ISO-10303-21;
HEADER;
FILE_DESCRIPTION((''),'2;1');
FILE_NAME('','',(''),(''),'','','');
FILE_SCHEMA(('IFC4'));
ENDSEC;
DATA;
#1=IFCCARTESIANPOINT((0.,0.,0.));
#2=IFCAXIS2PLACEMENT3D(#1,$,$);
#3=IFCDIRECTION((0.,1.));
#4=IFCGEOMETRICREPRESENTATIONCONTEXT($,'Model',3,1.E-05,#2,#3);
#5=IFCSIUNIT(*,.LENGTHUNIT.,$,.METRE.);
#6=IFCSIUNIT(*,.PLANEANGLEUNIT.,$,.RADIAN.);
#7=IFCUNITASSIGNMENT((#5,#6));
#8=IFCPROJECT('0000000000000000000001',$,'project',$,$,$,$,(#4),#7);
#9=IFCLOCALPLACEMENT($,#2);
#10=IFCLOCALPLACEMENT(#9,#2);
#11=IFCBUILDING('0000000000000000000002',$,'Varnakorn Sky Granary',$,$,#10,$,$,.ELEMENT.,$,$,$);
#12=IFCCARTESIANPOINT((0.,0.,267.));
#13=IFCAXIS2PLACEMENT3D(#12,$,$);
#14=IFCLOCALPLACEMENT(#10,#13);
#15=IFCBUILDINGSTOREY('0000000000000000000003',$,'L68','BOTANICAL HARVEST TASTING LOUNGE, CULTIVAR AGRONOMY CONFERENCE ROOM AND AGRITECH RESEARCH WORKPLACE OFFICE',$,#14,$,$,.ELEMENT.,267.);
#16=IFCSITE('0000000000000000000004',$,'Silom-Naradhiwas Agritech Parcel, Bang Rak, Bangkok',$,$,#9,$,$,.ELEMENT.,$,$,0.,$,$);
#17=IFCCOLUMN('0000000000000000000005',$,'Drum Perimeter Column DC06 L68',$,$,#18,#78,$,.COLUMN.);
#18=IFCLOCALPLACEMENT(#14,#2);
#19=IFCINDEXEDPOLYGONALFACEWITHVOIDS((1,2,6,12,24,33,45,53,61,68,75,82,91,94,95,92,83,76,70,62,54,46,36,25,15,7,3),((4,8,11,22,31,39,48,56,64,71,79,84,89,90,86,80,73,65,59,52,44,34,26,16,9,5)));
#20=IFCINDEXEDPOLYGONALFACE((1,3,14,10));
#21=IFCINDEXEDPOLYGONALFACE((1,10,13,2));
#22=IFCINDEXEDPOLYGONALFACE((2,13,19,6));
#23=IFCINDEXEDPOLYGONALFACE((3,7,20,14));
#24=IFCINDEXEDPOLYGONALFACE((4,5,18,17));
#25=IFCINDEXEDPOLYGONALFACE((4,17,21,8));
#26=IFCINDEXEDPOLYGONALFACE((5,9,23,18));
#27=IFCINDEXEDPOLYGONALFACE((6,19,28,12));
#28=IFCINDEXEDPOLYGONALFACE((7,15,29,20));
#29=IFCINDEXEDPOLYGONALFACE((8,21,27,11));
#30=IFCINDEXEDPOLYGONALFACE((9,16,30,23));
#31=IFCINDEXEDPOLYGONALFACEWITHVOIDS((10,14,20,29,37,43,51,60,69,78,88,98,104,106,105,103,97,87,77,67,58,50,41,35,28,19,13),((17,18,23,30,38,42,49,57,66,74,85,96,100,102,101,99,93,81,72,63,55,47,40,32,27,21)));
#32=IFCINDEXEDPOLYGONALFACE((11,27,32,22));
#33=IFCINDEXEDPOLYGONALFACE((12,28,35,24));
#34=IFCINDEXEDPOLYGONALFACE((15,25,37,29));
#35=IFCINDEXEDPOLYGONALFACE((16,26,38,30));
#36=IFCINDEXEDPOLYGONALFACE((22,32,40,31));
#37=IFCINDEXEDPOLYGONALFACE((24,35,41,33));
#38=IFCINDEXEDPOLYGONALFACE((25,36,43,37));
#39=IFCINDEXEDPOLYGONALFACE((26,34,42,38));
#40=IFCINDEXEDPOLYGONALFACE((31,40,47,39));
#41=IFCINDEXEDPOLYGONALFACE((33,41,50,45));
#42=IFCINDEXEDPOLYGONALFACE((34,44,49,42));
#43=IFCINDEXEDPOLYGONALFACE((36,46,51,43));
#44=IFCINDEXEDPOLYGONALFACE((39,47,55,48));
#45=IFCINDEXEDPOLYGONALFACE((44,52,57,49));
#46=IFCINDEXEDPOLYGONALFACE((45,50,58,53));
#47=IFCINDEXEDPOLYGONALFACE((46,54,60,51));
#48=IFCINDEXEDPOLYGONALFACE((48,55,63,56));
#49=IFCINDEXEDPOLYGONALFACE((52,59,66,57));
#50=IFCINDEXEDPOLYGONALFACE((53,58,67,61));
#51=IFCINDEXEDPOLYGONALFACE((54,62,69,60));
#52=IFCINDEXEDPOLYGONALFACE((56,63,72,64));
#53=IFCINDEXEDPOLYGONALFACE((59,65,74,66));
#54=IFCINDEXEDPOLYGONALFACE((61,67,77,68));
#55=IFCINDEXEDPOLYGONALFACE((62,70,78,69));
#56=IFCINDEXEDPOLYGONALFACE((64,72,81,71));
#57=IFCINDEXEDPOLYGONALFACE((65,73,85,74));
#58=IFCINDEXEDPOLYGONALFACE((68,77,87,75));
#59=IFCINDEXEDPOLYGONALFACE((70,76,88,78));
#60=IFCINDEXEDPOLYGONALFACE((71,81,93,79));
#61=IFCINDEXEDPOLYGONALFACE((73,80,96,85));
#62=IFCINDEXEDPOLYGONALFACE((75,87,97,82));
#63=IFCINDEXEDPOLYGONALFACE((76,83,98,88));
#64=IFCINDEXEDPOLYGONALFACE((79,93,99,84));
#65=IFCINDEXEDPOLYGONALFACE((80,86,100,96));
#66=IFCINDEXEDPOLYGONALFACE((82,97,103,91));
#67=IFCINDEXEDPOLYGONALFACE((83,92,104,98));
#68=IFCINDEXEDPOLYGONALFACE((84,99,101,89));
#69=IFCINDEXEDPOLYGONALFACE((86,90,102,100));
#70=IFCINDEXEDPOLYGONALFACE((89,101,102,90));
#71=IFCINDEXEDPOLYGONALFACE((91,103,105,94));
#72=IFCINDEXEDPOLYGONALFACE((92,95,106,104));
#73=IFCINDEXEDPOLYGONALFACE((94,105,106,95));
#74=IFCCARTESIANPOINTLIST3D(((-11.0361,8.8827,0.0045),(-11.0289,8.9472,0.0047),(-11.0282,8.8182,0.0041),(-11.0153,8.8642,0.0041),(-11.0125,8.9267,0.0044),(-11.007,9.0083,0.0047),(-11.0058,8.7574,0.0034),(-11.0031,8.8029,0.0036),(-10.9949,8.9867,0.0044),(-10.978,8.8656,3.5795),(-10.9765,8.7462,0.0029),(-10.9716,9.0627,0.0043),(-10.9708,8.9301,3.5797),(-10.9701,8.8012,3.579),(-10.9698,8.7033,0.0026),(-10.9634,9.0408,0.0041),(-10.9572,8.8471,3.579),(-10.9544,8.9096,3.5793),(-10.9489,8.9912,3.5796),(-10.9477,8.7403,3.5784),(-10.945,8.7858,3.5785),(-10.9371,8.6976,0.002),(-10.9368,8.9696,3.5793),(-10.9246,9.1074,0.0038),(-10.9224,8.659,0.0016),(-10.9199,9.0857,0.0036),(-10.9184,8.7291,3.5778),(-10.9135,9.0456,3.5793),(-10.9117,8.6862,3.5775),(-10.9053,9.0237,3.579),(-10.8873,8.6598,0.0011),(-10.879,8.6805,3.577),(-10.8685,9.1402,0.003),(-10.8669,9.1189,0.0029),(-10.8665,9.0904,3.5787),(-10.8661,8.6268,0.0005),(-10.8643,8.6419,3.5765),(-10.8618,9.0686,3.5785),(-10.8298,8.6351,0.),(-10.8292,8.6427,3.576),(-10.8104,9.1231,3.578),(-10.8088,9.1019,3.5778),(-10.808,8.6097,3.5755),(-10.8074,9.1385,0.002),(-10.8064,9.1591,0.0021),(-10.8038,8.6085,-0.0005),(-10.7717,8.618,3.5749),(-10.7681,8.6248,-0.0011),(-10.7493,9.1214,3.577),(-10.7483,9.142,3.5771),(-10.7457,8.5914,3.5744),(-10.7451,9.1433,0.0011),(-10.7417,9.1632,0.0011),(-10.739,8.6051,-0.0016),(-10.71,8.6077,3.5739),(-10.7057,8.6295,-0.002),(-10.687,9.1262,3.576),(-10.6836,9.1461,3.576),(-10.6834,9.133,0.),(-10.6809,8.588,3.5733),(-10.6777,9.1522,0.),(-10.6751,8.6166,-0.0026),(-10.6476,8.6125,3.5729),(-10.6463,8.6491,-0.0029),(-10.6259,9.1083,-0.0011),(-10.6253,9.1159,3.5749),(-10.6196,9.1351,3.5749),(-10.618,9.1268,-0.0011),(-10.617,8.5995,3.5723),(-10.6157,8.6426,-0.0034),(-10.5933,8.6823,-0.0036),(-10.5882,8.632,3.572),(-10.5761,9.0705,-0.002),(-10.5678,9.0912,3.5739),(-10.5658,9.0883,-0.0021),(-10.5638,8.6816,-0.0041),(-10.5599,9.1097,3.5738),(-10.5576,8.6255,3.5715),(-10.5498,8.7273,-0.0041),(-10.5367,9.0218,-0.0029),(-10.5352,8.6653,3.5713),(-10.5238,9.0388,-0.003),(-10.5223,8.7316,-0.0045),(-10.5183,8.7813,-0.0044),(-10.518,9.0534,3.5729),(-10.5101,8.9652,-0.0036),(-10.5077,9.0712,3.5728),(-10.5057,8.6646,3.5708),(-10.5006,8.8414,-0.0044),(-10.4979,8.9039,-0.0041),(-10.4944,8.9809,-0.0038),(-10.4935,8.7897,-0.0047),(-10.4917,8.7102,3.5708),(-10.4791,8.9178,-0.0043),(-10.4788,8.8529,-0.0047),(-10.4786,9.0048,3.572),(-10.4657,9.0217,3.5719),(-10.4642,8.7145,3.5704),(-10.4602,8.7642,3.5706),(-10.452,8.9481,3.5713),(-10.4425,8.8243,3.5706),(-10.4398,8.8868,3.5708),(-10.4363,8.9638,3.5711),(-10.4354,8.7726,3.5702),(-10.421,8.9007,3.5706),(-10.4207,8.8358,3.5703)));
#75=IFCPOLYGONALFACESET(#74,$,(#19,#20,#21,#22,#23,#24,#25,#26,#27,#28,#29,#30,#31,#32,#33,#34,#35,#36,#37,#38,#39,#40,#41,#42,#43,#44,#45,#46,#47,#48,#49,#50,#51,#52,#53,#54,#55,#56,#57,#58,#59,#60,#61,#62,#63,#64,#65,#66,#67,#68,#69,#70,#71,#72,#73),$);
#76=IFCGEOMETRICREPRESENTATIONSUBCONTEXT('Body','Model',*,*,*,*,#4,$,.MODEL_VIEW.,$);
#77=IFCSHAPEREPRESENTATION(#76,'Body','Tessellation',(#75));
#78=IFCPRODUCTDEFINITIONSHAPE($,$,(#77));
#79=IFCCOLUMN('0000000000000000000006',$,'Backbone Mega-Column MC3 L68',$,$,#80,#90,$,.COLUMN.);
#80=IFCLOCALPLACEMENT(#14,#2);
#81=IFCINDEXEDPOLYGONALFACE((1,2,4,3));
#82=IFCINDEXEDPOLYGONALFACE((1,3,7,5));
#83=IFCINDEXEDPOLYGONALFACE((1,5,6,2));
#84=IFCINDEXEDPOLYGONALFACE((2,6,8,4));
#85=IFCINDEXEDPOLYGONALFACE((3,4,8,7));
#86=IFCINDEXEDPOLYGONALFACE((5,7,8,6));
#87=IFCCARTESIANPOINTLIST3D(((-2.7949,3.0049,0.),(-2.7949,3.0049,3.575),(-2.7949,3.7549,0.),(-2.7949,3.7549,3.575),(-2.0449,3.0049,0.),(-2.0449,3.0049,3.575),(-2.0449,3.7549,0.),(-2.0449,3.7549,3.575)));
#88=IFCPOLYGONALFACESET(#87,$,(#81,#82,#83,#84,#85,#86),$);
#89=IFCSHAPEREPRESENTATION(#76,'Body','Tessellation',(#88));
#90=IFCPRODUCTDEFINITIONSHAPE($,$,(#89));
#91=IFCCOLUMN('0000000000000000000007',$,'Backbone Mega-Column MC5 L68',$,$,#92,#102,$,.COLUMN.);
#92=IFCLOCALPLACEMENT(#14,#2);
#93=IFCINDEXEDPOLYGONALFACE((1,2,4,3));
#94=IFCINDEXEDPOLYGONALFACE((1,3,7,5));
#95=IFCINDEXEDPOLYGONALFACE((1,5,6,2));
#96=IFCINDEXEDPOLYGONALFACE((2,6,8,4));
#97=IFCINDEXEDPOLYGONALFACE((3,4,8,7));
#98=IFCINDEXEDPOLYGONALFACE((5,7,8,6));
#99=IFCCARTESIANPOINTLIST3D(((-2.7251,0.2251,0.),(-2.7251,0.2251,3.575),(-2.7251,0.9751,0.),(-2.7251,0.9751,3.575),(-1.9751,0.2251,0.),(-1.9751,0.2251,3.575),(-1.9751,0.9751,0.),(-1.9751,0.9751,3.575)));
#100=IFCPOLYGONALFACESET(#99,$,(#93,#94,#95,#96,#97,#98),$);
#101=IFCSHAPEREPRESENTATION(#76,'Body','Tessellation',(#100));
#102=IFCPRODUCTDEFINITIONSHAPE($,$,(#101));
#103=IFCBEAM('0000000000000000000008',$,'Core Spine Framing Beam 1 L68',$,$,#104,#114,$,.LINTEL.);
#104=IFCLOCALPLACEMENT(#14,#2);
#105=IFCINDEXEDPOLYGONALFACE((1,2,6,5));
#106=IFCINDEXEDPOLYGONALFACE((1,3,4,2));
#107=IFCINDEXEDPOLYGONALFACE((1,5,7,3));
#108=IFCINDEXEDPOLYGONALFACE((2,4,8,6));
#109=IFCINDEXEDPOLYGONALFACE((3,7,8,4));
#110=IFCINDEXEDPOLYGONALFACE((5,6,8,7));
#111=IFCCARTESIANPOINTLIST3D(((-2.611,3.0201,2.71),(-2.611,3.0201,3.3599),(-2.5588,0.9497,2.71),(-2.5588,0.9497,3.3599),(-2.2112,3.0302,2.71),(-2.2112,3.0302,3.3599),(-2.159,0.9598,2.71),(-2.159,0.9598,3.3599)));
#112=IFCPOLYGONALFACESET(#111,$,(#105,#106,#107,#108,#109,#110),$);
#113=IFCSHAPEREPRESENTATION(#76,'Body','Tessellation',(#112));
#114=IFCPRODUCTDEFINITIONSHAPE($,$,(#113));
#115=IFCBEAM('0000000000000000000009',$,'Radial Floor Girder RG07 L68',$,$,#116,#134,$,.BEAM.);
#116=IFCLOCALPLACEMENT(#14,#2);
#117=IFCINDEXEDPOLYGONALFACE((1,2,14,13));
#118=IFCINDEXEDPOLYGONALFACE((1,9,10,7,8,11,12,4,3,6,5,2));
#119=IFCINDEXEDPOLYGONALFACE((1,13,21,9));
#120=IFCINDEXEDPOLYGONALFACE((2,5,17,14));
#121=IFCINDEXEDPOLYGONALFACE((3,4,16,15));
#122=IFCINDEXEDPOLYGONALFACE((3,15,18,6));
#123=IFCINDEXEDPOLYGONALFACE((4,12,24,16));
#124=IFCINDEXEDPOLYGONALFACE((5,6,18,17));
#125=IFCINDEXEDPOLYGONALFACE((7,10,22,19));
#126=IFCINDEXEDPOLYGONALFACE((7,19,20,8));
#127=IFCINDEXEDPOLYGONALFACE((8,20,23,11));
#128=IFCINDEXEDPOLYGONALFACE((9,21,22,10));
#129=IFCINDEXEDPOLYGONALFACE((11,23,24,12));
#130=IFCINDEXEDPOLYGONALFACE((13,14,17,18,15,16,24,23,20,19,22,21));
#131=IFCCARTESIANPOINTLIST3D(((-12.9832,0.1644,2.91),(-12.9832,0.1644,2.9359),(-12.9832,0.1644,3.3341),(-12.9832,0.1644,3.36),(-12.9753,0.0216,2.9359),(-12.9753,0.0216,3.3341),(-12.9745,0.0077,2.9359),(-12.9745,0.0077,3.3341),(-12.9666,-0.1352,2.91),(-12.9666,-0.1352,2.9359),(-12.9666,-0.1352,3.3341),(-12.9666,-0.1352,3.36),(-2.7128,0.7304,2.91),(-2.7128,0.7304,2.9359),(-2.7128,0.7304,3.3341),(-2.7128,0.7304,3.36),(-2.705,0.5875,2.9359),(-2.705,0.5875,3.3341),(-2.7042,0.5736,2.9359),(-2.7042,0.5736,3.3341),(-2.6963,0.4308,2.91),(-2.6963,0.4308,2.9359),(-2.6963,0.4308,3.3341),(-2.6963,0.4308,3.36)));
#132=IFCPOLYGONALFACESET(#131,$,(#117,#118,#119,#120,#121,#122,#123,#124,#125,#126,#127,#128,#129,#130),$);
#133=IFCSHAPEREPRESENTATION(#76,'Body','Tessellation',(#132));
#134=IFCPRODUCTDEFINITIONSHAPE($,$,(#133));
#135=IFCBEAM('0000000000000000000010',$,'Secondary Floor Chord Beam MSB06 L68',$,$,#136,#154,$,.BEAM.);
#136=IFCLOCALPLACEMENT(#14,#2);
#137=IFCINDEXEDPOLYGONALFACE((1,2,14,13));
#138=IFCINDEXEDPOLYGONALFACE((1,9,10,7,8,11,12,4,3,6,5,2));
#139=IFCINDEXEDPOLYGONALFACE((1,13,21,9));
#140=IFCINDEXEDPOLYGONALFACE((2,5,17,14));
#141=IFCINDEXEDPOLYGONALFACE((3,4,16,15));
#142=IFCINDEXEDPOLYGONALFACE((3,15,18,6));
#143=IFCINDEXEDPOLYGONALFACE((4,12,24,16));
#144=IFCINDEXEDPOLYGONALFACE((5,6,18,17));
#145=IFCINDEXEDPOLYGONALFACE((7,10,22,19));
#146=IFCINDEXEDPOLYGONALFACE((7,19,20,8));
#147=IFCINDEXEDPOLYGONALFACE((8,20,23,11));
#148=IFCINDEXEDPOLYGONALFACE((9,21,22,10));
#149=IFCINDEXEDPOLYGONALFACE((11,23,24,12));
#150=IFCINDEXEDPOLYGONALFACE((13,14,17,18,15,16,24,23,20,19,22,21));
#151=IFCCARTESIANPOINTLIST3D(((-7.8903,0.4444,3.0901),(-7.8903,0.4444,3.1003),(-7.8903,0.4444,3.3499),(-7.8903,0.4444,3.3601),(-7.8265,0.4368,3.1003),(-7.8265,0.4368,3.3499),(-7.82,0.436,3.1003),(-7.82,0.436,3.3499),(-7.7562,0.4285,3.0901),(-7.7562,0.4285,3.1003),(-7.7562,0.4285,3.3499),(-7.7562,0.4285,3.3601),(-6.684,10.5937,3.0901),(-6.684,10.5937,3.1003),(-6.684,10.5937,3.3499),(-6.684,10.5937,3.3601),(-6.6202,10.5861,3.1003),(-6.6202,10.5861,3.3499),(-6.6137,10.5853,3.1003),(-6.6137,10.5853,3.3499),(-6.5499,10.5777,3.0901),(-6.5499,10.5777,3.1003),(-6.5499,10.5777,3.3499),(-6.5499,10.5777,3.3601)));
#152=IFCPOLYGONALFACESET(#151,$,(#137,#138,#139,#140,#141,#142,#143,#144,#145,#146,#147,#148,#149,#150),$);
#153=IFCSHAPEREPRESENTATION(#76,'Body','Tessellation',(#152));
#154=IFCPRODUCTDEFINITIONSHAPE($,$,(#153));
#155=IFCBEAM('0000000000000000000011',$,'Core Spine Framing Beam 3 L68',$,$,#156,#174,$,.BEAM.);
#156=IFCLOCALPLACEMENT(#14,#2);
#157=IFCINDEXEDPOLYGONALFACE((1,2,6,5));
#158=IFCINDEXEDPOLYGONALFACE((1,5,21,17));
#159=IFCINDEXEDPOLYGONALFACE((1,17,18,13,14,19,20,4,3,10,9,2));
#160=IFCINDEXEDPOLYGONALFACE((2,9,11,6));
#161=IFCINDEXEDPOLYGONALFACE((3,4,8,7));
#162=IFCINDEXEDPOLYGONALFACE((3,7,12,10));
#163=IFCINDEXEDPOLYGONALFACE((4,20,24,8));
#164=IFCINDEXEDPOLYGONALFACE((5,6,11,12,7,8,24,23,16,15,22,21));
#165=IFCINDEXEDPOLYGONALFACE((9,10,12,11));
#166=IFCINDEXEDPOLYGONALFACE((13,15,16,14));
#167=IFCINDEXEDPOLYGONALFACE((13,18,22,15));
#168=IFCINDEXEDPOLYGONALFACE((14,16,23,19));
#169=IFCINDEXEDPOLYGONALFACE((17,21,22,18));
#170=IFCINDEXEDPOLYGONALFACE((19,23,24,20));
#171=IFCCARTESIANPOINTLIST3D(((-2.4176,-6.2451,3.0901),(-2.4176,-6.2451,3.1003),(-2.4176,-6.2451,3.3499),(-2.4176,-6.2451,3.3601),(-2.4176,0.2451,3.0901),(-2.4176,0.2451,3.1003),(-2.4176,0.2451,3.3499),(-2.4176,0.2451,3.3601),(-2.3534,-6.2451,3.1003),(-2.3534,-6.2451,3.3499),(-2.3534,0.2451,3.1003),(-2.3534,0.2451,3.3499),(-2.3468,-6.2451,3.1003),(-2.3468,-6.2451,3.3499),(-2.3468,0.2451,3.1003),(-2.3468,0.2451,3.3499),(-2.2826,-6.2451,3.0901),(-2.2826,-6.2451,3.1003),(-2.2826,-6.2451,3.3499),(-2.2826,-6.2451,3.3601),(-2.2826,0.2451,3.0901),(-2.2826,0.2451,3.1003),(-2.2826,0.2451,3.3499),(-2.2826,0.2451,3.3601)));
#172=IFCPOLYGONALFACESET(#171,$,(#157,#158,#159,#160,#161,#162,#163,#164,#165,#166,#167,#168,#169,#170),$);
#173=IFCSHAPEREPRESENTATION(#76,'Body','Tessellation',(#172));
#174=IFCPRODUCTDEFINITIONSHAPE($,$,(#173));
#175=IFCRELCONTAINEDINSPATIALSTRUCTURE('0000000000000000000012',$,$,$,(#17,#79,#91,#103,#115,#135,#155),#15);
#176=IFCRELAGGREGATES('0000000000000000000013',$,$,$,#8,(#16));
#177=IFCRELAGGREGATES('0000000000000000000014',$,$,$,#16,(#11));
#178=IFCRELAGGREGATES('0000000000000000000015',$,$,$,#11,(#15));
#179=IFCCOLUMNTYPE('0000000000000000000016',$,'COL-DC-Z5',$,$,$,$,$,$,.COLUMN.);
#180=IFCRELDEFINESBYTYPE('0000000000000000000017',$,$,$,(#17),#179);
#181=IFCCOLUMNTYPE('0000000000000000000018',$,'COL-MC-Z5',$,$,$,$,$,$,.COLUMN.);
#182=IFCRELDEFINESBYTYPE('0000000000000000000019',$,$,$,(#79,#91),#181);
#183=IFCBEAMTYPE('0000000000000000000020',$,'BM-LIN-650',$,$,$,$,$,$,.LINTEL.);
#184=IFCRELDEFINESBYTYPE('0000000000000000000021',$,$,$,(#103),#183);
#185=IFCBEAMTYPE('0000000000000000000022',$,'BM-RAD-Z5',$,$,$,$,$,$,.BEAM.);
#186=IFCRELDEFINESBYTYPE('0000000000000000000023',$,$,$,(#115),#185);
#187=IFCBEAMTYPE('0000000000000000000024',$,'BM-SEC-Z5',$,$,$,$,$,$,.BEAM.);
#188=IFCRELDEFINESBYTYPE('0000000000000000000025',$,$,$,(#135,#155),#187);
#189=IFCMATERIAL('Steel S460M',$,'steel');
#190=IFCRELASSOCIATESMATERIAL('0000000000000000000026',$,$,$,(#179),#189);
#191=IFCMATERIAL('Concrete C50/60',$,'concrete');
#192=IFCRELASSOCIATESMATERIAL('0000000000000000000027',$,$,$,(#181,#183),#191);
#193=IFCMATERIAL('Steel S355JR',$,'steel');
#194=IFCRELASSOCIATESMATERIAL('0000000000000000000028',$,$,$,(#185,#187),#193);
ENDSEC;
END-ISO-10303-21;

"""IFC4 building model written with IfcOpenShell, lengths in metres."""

from ifc_helpers import new_model, si_unit, direction, frame, origin, origin_2d, place, context, subcontext, project, spatial, rectangle, hollow_circle, i_section, extrude, material, material_profile, profile_set, type_object, element, save


model = new_model("IFC4")

# Units and contexts
model_context = context("Model", 3, precision=1e-05, world=origin(), true_north=direction((0.0, 1.0)))
body_context = subcontext(model_context, "Body", "Model", "MODEL_VIEW")
ifc_project = project(units=[si_unit("LENGTHUNIT", "METRE"), si_unit("PLANEANGLEUNIT", "RADIAN")], contexts=[model_context])

# Site, building, storey
site_placement = place(None, origin())
site = spatial("IfcSite", under=ifc_project, at=site_placement, Name="Silom-Naradhiwas Agritech Parcel, Bang Rak, Bangkok", CompositionType="ELEMENT", RefElevation=0.0)
building_placement = place(site_placement, origin())
building = spatial("IfcBuilding", under=site, at=building_placement, Name="Varnakorn Sky Granary", CompositionType="ELEMENT")
storey_placement = place(building_placement, frame((0.0, 0.0, 267.0)))
storey = spatial("IfcBuildingStorey", under=building, at=storey_placement, Name="L68", Description="BOTANICAL HARVEST TASTING LOUNGE, CULTIVAR AGRONOMY CONFERENCE ROOM AND AGRITECH RESEARCH WORKPLACE OFFICE", CompositionType="ELEMENT", Elevation=267.0)

# Columns
ifc_material_1 = material(Name="Steel S460M", Category="steel")
ifc_material_profile_1 = material_profile(ifc_material_1, hollow_circle(Radius=0.2795, WallThickness=0.02, at=origin_2d()), Name="CHS 559x20")
ifc_profile_set_1 = profile_set([ifc_material_profile_1], Name="Steel S460M")
column_type_1 = type_object("IfcColumnType", Name="COL-DC-Z5", PredefinedType="COLUMN", material=ifc_profile_set_1)
column_placement = place(storey_placement, frame((-10.7566, 8.884, 0.0), z_axis=(0.016251, -0.00478, 0.999857), x_axis=(0.282166, 0.959366, 0.0)))
element("IfcColumn", 1, at=column_placement, inside=storey, type_object=column_type_1, Name="Drum Perimeter Column DC06 L68", PredefinedType="COLUMN", context=body_context, shape_type="SweptSolid", body=[
    extrude(hollow_circle(Radius=0.2795, WallThickness=0.02, at=origin_2d()), origin(), (0.0, 0.0, 1.0), 3.5754),
])
ifc_material_2 = material(Name="Concrete C50/60", Category="concrete")
ifc_material_profile_2 = material_profile(ifc_material_2, rectangle(XDim=0.75, YDim=0.75, at=origin_2d()), Name="RC 750x750")
ifc_profile_set_2 = profile_set([ifc_material_profile_2], Name="Concrete C50/60")
column_type_2 = type_object("IfcColumnType", Name="COL-MC-Z5", PredefinedType="COLUMN", material=ifc_profile_set_2)
for number, where, z_axis, x_axis, name in (
    (2, (-2.4199, 3.3799, 0.0), (0.0, 0.0, 1.0), (1.0, 0.0, 0.0), "Backbone Mega-Column MC3 L68"),
    (3, (-2.3501, 0.6001, 0.0), (0.0, 0.0, 1.0), (1.0, 0.0, 0.0), "Backbone Mega-Column MC5 L68"),
):
    element("IfcColumn", number, at=place(storey_placement, frame(where, z_axis=z_axis, x_axis=x_axis)), inside=storey, type_object=column_type_2, Name=name, PredefinedType="COLUMN", context=body_context, shape_type="SweptSolid", body=[
        extrude(rectangle(XDim=0.75, YDim=0.75, at=origin_2d()), origin(), (0.0, 0.0, 1.0), 3.575),
    ])

# Beams
ifc_material_profile_3 = material_profile(ifc_material_2, rectangle(XDim=0.3999, YDim=0.6499, at=origin_2d()), Name="RC 400x650")
ifc_profile_set_3 = profile_set([ifc_material_profile_3], Name="Concrete C50/60")
beam_type_1 = type_object("IfcBeamType", Name="BM-LIN-650", PredefinedType="LINTEL", material=ifc_profile_set_3)
beam_1_placement = place(storey_placement, frame((-2.4111, 3.0251, 3.0349), z_axis=(0.025228, -0.999682, 0.0), x_axis=(0.999682, 0.025228, 0.0)))
element("IfcBeam", 4, at=beam_1_placement, inside=storey, type_object=beam_type_1, Name="Core Spine Framing Beam 1 L68", PredefinedType="LINTEL", context=body_context, shape_type="SweptSolid", body=[
    extrude(rectangle(XDim=0.3999, YDim=0.6499, at=origin_2d()), origin(), (0.0, 0.0, 1.0), 2.071),
])
ifc_material_3 = material(Name="Steel S355JR", Category="steel")
ifc_material_profile_4 = material_profile(ifc_material_3, i_section(OverallWidth=0.3, OverallDepth=0.45, WebThickness=0.0139, FlangeThickness=0.0259, at=origin_2d()), Name="HE 450 B")
ifc_profile_set_4 = profile_set([ifc_material_profile_4], Name="Steel S355JR")
beam_type_2 = type_object("IfcBeamType", Name="BM-RAD-Z5", PredefinedType="BEAM", material=ifc_profile_set_4)
beam_2_placement = place(storey_placement, frame((-2.7046, 0.5806, 3.135), z_axis=(-0.998485, -0.055019, 0.0), x_axis=(0.055019, -0.998485, 0.0)))
element("IfcBeam", 5, at=beam_2_placement, inside=storey, type_object=beam_type_2, Name="Radial Floor Girder RG07 L68", PredefinedType="BEAM", context=body_context, shape_type="SweptSolid", body=[
    extrude(i_section(OverallWidth=0.3, OverallDepth=0.45, WebThickness=0.0139, FlangeThickness=0.0259, at=origin_2d()), origin(), (0.0, 0.0, 1.0), 10.2859),
])
ifc_material_profile_5 = material_profile(ifc_material_3, i_section(OverallWidth=0.135, OverallDepth=0.27, WebThickness=0.0066, FlangeThickness=0.0103, at=origin_2d()), Name="IPE 270")
ifc_profile_set_5 = profile_set([ifc_material_profile_5], Name="Steel S355JR")
beam_type_3 = type_object("IfcBeamType", Name="BM-SEC-Z5", PredefinedType="BEAM", material=ifc_profile_set_5)
beam_3_placement = place(storey_placement, frame((-6.6169, 10.5857, 3.2251), z_axis=(-0.118026, -0.99301, 0.0), x_axis=(0.99301, -0.118026, 0.0)))
element("IfcBeam", 6, at=beam_3_placement, inside=storey, type_object=beam_type_3, Name="Secondary Floor Chord Beam MSB06 L68", PredefinedType="BEAM", context=body_context, shape_type="SweptSolid", body=[
    extrude(i_section(OverallWidth=0.135, OverallDepth=0.27, WebThickness=0.0066, FlangeThickness=0.0103, at=origin_2d()), origin(), (0.0, 0.0, 1.0), 10.2207),
])
beam_4_placement = place(storey_placement, frame((-2.3501, 0.2451, 3.2251), z_axis=(0.0, -1.0, 0.0), x_axis=(1.0, 0.0, 0.0)))
element("IfcBeam", 7, at=beam_4_placement, inside=storey, type_object=beam_type_3, Name="Core Spine Framing Beam 3 L68", PredefinedType="BEAM", context=body_context, shape_type="SweptSolid", body=[
    extrude(i_section(OverallWidth=0.135, OverallDepth=0.27, WebThickness=0.0066, FlangeThickness=0.0103, at=origin_2d()), origin(), (0.0, 0.0, 1.0), 6.4902),
])

save(model, "model.ifc")
